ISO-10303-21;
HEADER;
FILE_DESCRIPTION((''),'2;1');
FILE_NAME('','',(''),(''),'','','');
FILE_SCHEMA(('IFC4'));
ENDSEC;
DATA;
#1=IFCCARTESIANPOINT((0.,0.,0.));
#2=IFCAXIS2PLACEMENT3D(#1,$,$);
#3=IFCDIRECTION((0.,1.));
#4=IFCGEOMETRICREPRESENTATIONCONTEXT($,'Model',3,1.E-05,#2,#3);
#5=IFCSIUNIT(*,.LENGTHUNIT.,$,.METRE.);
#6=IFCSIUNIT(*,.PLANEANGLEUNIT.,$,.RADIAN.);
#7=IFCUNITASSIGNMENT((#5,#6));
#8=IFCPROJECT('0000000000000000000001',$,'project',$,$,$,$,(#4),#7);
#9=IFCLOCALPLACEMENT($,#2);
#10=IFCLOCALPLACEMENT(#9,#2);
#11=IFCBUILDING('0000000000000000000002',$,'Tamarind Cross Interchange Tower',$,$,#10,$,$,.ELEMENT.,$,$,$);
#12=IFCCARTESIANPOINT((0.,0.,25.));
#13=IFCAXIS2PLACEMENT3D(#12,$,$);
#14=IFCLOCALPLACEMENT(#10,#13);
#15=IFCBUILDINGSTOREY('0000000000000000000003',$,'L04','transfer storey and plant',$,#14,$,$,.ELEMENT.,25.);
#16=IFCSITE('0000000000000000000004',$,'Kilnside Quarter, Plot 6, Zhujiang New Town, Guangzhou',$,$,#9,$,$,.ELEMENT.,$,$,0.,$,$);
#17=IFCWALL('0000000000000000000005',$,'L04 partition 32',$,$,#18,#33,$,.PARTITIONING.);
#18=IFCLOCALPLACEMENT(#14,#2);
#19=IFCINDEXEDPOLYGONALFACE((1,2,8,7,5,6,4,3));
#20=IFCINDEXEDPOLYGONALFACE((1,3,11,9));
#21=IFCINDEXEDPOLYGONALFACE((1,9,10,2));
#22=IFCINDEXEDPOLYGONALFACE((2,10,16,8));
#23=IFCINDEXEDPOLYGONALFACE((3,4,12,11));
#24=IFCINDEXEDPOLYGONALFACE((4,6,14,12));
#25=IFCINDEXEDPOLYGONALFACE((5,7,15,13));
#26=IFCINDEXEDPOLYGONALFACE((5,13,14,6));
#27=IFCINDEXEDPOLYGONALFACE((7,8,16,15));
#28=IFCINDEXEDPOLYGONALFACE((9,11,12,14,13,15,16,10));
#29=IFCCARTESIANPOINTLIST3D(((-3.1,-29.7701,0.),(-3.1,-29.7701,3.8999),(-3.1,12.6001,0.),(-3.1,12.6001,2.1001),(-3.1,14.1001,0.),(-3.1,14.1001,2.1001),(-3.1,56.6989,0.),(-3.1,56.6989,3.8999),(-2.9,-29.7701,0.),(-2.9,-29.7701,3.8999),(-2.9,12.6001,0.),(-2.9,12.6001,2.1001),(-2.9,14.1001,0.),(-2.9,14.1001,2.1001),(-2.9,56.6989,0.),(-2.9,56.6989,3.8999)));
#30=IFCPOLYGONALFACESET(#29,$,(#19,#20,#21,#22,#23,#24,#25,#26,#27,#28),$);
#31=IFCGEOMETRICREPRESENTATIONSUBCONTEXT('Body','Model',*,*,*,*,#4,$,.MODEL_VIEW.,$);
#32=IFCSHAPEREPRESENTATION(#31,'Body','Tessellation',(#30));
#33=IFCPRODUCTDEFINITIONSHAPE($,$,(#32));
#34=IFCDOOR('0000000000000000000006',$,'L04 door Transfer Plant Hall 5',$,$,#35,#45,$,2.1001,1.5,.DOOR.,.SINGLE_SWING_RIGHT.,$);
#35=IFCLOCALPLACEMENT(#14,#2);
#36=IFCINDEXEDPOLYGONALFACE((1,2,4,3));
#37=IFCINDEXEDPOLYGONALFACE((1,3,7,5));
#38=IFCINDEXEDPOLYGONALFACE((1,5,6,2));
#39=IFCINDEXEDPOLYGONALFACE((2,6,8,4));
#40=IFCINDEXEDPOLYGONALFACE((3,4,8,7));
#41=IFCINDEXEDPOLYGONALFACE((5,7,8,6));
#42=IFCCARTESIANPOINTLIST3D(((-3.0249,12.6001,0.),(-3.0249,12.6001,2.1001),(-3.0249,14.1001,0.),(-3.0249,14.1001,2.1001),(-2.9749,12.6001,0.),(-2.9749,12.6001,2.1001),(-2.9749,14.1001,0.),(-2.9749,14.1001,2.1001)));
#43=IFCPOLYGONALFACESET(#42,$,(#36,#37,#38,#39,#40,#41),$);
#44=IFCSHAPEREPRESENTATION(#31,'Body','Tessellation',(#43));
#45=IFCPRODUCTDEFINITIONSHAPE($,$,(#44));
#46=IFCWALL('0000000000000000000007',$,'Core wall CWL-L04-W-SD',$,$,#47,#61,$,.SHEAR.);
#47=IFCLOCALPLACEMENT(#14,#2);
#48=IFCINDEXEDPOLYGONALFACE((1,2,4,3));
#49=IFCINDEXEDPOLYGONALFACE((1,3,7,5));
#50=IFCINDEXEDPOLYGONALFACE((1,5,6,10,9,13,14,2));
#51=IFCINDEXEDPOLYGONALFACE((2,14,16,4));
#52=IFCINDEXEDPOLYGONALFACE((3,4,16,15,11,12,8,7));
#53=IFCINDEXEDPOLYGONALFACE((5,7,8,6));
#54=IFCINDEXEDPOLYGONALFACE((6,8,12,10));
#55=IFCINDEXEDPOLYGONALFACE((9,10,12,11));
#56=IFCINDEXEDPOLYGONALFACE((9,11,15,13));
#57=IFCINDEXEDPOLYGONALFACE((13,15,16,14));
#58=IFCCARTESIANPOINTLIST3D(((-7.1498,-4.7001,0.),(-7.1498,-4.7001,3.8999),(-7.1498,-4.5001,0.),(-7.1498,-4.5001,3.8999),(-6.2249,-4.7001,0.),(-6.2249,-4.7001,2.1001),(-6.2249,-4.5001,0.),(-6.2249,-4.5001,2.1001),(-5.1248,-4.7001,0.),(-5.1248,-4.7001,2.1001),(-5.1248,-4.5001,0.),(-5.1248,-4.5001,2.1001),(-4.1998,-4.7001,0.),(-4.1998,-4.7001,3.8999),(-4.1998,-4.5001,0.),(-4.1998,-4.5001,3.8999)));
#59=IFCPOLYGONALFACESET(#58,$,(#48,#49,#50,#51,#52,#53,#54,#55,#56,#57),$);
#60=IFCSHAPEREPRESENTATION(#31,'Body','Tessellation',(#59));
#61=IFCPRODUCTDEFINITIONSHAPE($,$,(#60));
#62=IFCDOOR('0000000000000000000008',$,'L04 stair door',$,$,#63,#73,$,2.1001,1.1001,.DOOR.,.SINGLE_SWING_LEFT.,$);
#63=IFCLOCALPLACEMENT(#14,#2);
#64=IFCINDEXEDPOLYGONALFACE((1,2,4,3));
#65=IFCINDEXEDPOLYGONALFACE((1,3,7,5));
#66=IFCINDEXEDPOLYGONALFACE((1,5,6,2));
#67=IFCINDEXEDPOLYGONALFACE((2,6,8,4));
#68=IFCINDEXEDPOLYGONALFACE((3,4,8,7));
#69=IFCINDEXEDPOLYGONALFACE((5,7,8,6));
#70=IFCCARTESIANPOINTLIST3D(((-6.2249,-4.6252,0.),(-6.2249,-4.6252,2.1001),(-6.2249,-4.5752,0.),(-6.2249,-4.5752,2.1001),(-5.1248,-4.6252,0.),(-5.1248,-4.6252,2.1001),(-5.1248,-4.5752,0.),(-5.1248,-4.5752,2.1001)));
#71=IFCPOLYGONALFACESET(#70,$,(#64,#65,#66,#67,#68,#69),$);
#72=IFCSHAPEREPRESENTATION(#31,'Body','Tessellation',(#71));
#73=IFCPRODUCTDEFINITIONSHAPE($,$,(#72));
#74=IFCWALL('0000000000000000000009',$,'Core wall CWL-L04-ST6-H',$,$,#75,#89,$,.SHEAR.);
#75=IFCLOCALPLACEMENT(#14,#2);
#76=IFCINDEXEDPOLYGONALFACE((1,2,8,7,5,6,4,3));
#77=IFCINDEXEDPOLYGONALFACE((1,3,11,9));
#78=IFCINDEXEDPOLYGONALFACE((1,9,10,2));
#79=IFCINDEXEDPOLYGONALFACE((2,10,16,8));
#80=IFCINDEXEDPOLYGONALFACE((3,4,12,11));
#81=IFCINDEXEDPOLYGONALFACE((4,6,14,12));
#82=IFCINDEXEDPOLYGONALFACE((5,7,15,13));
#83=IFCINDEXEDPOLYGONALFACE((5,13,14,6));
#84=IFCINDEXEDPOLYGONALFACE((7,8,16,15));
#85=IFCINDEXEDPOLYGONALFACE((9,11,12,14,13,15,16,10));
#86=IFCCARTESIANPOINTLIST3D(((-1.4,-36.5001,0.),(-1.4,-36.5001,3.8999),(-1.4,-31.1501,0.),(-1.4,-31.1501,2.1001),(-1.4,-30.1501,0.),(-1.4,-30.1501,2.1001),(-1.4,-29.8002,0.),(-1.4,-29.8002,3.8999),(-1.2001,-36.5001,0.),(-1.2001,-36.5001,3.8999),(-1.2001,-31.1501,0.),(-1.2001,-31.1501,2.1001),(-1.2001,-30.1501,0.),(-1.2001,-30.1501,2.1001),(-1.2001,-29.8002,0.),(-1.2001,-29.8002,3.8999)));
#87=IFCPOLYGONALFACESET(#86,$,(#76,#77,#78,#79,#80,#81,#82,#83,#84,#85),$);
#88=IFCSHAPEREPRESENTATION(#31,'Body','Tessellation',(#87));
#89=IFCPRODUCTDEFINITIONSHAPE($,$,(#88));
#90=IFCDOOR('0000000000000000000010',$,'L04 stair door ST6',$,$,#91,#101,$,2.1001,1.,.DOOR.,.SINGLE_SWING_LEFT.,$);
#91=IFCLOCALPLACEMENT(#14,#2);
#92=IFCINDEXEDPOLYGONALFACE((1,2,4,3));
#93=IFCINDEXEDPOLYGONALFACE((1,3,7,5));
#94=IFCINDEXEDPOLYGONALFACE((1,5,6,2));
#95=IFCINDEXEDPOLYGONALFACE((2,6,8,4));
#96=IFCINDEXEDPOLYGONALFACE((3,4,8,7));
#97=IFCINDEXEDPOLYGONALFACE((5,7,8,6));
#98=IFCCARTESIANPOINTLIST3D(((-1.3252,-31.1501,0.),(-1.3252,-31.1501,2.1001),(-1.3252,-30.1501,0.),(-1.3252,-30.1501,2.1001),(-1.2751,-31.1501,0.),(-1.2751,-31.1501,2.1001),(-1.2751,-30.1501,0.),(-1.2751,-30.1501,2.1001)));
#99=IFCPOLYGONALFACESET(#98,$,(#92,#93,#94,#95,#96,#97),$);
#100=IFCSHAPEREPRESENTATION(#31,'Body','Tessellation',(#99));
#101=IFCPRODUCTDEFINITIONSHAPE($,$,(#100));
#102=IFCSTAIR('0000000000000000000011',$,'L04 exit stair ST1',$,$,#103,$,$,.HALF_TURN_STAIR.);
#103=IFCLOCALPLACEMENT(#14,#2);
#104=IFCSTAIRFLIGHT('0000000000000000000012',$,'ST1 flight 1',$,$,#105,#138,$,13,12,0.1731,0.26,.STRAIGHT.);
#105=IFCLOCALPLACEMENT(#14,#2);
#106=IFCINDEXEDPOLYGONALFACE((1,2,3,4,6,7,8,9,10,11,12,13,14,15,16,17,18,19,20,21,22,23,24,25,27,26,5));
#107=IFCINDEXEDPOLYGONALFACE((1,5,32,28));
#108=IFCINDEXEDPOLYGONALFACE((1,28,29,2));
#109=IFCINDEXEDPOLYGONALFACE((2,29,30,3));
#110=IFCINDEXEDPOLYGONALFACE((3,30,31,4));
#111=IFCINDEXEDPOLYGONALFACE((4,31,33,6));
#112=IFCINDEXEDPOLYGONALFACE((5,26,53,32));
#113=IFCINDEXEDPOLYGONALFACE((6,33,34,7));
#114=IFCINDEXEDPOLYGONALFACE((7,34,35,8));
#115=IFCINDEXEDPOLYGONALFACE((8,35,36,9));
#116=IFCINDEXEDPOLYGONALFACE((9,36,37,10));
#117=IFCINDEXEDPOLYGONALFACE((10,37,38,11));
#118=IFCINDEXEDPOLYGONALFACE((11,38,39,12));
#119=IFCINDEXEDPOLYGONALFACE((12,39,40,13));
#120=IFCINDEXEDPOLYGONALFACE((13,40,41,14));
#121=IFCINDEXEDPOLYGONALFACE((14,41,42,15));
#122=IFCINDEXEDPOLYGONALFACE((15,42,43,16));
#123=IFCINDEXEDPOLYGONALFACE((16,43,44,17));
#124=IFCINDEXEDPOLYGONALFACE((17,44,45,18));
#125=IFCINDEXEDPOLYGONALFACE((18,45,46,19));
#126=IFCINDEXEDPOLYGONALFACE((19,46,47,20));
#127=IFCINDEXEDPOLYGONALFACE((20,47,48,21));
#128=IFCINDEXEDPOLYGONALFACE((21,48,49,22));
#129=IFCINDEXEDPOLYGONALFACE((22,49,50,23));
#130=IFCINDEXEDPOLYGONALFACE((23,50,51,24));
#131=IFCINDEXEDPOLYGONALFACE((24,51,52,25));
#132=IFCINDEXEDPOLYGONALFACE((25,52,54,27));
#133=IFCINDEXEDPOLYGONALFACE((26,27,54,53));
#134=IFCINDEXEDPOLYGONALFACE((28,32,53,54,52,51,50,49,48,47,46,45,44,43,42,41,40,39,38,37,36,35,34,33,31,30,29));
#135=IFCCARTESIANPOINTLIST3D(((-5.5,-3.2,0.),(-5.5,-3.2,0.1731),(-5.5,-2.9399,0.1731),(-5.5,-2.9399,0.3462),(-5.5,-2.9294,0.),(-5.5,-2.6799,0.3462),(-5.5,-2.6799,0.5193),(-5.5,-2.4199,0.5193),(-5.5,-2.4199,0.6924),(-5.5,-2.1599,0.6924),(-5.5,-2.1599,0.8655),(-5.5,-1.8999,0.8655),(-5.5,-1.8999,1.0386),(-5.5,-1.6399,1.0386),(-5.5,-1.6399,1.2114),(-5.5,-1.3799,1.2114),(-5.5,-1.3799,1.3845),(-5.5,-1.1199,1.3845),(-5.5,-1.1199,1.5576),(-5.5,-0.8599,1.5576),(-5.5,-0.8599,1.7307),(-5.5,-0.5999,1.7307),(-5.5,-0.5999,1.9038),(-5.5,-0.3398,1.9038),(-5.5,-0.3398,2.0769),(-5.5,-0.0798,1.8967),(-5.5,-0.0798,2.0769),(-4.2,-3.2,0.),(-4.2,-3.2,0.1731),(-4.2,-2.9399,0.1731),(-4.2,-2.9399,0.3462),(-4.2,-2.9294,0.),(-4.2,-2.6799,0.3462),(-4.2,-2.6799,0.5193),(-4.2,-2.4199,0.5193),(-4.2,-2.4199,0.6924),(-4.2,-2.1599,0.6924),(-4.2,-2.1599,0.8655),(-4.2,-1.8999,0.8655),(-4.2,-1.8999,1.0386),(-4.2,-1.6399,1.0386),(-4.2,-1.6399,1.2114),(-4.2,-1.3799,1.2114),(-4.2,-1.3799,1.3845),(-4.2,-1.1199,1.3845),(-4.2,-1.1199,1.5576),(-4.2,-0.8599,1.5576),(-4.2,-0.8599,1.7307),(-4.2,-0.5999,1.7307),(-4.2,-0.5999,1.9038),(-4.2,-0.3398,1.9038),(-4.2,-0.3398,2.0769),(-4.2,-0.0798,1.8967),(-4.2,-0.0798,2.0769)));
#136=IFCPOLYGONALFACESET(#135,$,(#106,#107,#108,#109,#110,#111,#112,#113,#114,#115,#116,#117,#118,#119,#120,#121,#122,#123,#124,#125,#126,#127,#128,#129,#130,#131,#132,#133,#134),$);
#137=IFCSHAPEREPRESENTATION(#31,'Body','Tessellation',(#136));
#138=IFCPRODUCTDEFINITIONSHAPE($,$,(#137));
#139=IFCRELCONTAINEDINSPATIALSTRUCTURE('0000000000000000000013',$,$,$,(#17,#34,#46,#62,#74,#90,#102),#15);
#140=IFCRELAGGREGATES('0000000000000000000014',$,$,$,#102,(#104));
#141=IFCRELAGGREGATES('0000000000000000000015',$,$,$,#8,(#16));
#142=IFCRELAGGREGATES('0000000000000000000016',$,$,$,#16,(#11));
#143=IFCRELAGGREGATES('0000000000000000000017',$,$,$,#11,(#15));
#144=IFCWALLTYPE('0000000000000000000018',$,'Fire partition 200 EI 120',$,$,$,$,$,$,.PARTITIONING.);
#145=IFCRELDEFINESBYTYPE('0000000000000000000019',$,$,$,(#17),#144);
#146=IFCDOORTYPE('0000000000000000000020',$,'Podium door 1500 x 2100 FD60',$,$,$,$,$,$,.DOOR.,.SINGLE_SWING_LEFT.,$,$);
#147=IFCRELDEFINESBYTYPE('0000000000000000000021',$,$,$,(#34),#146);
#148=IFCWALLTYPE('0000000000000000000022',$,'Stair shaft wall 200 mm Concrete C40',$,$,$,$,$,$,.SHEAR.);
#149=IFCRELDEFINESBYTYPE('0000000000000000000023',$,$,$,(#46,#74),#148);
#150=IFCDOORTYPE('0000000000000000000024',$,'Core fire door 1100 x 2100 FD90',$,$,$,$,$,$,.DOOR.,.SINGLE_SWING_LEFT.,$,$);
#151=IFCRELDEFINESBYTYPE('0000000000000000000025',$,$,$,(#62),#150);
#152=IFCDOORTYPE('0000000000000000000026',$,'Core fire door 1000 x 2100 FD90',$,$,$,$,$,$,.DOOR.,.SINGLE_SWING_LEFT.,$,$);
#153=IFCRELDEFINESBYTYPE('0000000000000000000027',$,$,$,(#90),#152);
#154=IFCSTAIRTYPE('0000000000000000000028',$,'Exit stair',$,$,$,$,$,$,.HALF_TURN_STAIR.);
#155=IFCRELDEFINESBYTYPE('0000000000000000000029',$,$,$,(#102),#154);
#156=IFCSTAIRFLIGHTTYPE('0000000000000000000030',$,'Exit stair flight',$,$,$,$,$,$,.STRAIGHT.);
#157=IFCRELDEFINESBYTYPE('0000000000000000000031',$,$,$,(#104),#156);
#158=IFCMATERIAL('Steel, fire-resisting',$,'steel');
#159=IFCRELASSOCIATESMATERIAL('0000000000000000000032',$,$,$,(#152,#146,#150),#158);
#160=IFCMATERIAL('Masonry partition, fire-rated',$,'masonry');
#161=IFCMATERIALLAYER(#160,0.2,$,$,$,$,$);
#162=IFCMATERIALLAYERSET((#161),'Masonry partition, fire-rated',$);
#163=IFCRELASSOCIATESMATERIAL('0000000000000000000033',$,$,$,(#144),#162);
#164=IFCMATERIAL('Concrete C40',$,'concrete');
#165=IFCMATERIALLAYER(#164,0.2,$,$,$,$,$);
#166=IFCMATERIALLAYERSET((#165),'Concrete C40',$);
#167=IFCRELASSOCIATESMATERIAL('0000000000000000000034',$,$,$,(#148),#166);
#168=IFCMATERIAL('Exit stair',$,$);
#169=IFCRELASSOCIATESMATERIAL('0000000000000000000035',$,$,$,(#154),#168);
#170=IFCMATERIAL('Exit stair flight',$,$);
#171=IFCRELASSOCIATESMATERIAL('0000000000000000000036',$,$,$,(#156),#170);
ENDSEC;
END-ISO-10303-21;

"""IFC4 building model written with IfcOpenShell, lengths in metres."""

from ifc_helpers import new_model, si_unit, direction, frame, frame_2d, origin, place, context, subcontext, project, spatial, polyline, rectangle, outline, extrude, material, layer, layer_set, type_object, element, fill, aggregate, save


model = new_model("IFC4")

# Units and contexts
model_context = context("Model", 3, precision=1e-05, world=origin(), true_north=direction((0.0, 1.0)))
body_context = subcontext(model_context, "Body", "Model", "MODEL_VIEW")
ifc_project = project(units=[si_unit("LENGTHUNIT", "METRE"), si_unit("PLANEANGLEUNIT", "RADIAN")], contexts=[model_context])

# Site, building, storey
site_placement = place(None, origin())
site = spatial("IfcSite", under=ifc_project, at=site_placement, Name="Kilnside Quarter, Plot 6, Zhujiang New Town, Guangzhou", CompositionType="ELEMENT", RefElevation=0.0)
building_placement = place(site_placement, origin())
building = spatial("IfcBuilding", under=site, at=building_placement, Name="Tamarind Cross Interchange Tower", CompositionType="ELEMENT")
storey_placement = place(building_placement, frame((0.0, 0.0, 25.0)))
storey = spatial("IfcBuildingStorey", under=building, at=storey_placement, Name="L04", Description="transfer storey and plant", CompositionType="ELEMENT", Elevation=25.0)

# Shared definitions
ifc_material_1 = material(Name="Steel, fire-resisting", Category="steel")
door_type_1 = type_object("IfcDoorType", Name="Core fire door 1000 x 2100 FD90", OperationType="SINGLE_SWING_LEFT", PredefinedType="DOOR", material=ifc_material_1)

# Walls, openings, doors
ifc_material_2 = material(Name="Masonry partition, fire-rated", Category="masonry")
ifc_layer_1 = layer(ifc_material_2, 0.2)
ifc_layer_set_1 = layer_set([ifc_layer_1], Name="Masonry partition, fire-rated")
wall_type_1 = type_object("IfcWallType", Name="Fire partition 200 EI 120", PredefinedType="PARTITIONING", material=ifc_layer_set_1)
wall_1_placement = place(storey_placement, frame((-3.0, -29.77, 0.0), z_axis=(0.0, 0.0, 1.0), x_axis=(0.0, 1.0, 0.0)))
wall_1 = element("IfcWall", 1, at=wall_1_placement, inside=storey, type_object=wall_type_1, Name="L04 partition 32", PredefinedType="PARTITIONING", context=body_context, shape_type="SweptSolid", body=[
    extrude(rectangle(XDim=86.469, YDim=0.2, at=frame_2d((43.2344, 0.0))), origin(), (0.0, 0.0, 1.0), 3.8999),
])
opening_1_placement = place(wall_1_placement, frame((42.3701, 0.0, 0.0)))
opening_1 = element("IfcOpeningElement", 2, at=opening_1_placement, cuts=wall_1, PredefinedType="OPENING", context=body_context, shape_type="SweptSolid", body=[
    extrude(rectangle(XDim=1.5, YDim=2.1001, at=frame_2d((0.75, 1.05))), frame((0.0, 0.1099, 0.0), z_axis=(0.0, -1.0, 0.0), x_axis=(1.0, 0.0, 0.0)), (0.0, 0.0, 1.0), 0.22),
])
door_type_2 = type_object("IfcDoorType", Name="Podium door 1500 x 2100 FD60", OperationType="SINGLE_SWING_LEFT", PredefinedType="DOOR", material=ifc_material_1)
door_1_placement = place(opening_1_placement, origin())
door_1 = element("IfcDoor", 3, at=door_1_placement, inside=storey, type_object=door_type_2, Name="L04 door Transfer Plant Hall 5", OperationType="SINGLE_SWING_RIGHT", OverallHeight=2.1001, OverallWidth=1.5, PredefinedType="DOOR", context=body_context, shape_type="SweptSolid", body=[
    extrude(rectangle(XDim=1.5, YDim=2.1001, at=frame_2d((0.75, 1.05))), frame((0.0, 0.0249, 0.0), z_axis=(0.0, -1.0, 0.0), x_axis=(1.0, 0.0, 0.0)), (0.0, 0.0, 1.0), 0.05),
])
fill(opening_1, door_1)
ifc_material_3 = material(Name="Concrete C40", Category="concrete")
ifc_layer_2 = layer(ifc_material_3, 0.2)
ifc_layer_set_2 = layer_set([ifc_layer_2], Name="Concrete C40")
wall_type_2 = type_object("IfcWallType", Name="Stair shaft wall 200 mm Concrete C40", PredefinedType="SHEAR", material=ifc_layer_set_2)
wall_2_placement = place(storey_placement, frame((-7.1499, -4.6001, 0.0), z_axis=(0.0, 0.0, 1.0), x_axis=(1.0, 0.0, 0.0)))
wall_2 = element("IfcWall", 4, at=wall_2_placement, inside=storey, type_object=wall_type_2, Name="Core wall CWL-L04-W-SD", PredefinedType="SHEAR", context=body_context, shape_type="SweptSolid", body=[
    extrude(rectangle(XDim=2.95, YDim=0.2, at=frame_2d((1.4751, 0.0))), origin(), (0.0, 0.0, 1.0), 3.8999),
])
opening_2_placement = place(wall_2_placement, frame((0.925, 0.0, 0.0)))
opening_2 = element("IfcOpeningElement", 5, at=opening_2_placement, cuts=wall_2, PredefinedType="OPENING", context=body_context, shape_type="SweptSolid", body=[
    extrude(rectangle(XDim=1.1001, YDim=2.1001, at=frame_2d((0.55, 1.05))), frame((0.0, 0.1099, 0.0), z_axis=(0.0, -1.0, 0.0), x_axis=(1.0, 0.0, 0.0)), (0.0, 0.0, 1.0), 0.22),
])
door_type_3 = type_object("IfcDoorType", Name="Core fire door 1100 x 2100 FD90", OperationType="SINGLE_SWING_LEFT", PredefinedType="DOOR", material=ifc_material_1)
door_2_placement = place(opening_2_placement, origin())
door_2 = element("IfcDoor", 6, at=door_2_placement, inside=storey, type_object=door_type_3, Name="L04 stair door", OperationType="SINGLE_SWING_LEFT", OverallHeight=2.1001, OverallWidth=1.1001, PredefinedType="DOOR", context=body_context, shape_type="SweptSolid", body=[
    extrude(rectangle(XDim=1.1001, YDim=2.1001, at=frame_2d((0.55, 1.05))), frame((0.0, 0.0249, 0.0), z_axis=(0.0, -1.0, 0.0), x_axis=(1.0, 0.0, 0.0)), (0.0, 0.0, 1.0), 0.05),
])
fill(opening_2, door_2)
wall_3_placement = place(storey_placement, frame((-1.3, -29.8, 0.0), z_axis=(0.0, 0.0, 1.0), x_axis=(0.0, -1.0, 0.0)))
wall_3 = element("IfcWall", 7, at=wall_3_placement, inside=storey, type_object=wall_type_2, Name="Core wall CWL-L04-ST6-H", PredefinedType="SHEAR", context=body_context, shape_type="SweptSolid", body=[
    extrude(rectangle(XDim=6.7, YDim=0.2, at=frame_2d((3.3501, 0.0))), origin(), (0.0, 0.0, 1.0), 3.8999),
])
opening_3_placement = place(wall_3_placement, frame((0.3501, 0.0, 0.0)))
opening_3 = element("IfcOpeningElement", 8, at=opening_3_placement, cuts=wall_3, PredefinedType="OPENING", context=body_context, shape_type="SweptSolid", body=[
    extrude(rectangle(XDim=1.0, YDim=2.1001, at=frame_2d((0.5, 1.05))), frame((0.0, 0.1099, 0.0), z_axis=(0.0, -1.0, 0.0), x_axis=(1.0, 0.0, 0.0)), (0.0, 0.0, 1.0), 0.22),
])
door_3_placement = place(opening_3_placement, origin())
door_3 = element("IfcDoor", 9, at=door_3_placement, inside=storey, type_object=door_type_1, Name="L04 stair door ST6", OperationType="SINGLE_SWING_LEFT", OverallHeight=2.1001, OverallWidth=1.0, PredefinedType="DOOR", context=body_context, shape_type="SweptSolid", body=[
    extrude(rectangle(XDim=1.0, YDim=2.1001, at=frame_2d((0.5, 1.05))), frame((0.0, 0.0249, 0.0), z_axis=(0.0, -1.0, 0.0), x_axis=(1.0, 0.0, 0.0)), (0.0, 0.0, 1.0), 0.05),
])
fill(opening_3, door_3)

# Stair, stair flight
ifc_material_4 = material(Name="Exit stair")
stair_type = type_object("IfcStairType", Name="Exit stair", PredefinedType="HALF_TURN_STAIR", material=ifc_material_4)
stair_placement = place(storey_placement, origin())
stair = element("IfcStair", 10, at=stair_placement, inside=storey, type_object=stair_type, Name="L04 exit stair ST1", PredefinedType="HALF_TURN_STAIR")
ifc_material_5 = material(Name="Exit stair flight")
stair_flight_type = type_object("IfcStairFlightType", Name="Exit stair flight", PredefinedType="STRAIGHT", material=ifc_material_5)
stair_flight_placement = place(storey_placement, frame((-4.8501, -3.2, 0.0), z_axis=(0.0, 0.0, 1.0), x_axis=(0.0, 1.0, 0.0)))
stair_flight = element("IfcStairFlight", 11, at=stair_flight_placement, type_object=stair_flight_type, Name="ST1 flight 1", NumberOfRisers=13, NumberOfTreads=12, PredefinedType="STRAIGHT", RiserHeight=0.1731, TreadLength=0.26, context=body_context, shape_type="SweptSolid", body=[
    extrude(outline(polyline([(0.0, 0.0), (0.0, 0.1731), (0.26, 0.1731), (0.26, 0.3462), (0.52, 0.3462), (0.52, 0.5193), (0.78, 0.5193), (0.78, 0.6924), (1.04, 0.6924), (1.04, 0.8655), (1.3, 0.8655), (1.3, 1.0386), (1.5601, 1.0386), (1.5601, 1.2114), (1.8201, 1.2114), (1.8201, 1.3845), (2.0801, 1.3845), (2.0801, 1.5576), (2.3401, 1.5576), (2.3401, 1.7307), (2.6001, 1.7307), (2.6001, 1.9038), (2.8601, 1.9038), (2.8601, 2.0769), (3.1201, 2.0769), (3.1201, 2.25), (3.1201, 1.8967), (0.2705, 0.0), (0.0, 0.0)])), frame((0.0, 0.6499, 0.0), z_axis=(0.0, -1.0, 0.0), x_axis=(1.0, 0.0, 0.0)), (0.0, 0.0, 1.0), 1.3),
])
aggregate(stair, [stair_flight])

save(model, "model.ifc")
